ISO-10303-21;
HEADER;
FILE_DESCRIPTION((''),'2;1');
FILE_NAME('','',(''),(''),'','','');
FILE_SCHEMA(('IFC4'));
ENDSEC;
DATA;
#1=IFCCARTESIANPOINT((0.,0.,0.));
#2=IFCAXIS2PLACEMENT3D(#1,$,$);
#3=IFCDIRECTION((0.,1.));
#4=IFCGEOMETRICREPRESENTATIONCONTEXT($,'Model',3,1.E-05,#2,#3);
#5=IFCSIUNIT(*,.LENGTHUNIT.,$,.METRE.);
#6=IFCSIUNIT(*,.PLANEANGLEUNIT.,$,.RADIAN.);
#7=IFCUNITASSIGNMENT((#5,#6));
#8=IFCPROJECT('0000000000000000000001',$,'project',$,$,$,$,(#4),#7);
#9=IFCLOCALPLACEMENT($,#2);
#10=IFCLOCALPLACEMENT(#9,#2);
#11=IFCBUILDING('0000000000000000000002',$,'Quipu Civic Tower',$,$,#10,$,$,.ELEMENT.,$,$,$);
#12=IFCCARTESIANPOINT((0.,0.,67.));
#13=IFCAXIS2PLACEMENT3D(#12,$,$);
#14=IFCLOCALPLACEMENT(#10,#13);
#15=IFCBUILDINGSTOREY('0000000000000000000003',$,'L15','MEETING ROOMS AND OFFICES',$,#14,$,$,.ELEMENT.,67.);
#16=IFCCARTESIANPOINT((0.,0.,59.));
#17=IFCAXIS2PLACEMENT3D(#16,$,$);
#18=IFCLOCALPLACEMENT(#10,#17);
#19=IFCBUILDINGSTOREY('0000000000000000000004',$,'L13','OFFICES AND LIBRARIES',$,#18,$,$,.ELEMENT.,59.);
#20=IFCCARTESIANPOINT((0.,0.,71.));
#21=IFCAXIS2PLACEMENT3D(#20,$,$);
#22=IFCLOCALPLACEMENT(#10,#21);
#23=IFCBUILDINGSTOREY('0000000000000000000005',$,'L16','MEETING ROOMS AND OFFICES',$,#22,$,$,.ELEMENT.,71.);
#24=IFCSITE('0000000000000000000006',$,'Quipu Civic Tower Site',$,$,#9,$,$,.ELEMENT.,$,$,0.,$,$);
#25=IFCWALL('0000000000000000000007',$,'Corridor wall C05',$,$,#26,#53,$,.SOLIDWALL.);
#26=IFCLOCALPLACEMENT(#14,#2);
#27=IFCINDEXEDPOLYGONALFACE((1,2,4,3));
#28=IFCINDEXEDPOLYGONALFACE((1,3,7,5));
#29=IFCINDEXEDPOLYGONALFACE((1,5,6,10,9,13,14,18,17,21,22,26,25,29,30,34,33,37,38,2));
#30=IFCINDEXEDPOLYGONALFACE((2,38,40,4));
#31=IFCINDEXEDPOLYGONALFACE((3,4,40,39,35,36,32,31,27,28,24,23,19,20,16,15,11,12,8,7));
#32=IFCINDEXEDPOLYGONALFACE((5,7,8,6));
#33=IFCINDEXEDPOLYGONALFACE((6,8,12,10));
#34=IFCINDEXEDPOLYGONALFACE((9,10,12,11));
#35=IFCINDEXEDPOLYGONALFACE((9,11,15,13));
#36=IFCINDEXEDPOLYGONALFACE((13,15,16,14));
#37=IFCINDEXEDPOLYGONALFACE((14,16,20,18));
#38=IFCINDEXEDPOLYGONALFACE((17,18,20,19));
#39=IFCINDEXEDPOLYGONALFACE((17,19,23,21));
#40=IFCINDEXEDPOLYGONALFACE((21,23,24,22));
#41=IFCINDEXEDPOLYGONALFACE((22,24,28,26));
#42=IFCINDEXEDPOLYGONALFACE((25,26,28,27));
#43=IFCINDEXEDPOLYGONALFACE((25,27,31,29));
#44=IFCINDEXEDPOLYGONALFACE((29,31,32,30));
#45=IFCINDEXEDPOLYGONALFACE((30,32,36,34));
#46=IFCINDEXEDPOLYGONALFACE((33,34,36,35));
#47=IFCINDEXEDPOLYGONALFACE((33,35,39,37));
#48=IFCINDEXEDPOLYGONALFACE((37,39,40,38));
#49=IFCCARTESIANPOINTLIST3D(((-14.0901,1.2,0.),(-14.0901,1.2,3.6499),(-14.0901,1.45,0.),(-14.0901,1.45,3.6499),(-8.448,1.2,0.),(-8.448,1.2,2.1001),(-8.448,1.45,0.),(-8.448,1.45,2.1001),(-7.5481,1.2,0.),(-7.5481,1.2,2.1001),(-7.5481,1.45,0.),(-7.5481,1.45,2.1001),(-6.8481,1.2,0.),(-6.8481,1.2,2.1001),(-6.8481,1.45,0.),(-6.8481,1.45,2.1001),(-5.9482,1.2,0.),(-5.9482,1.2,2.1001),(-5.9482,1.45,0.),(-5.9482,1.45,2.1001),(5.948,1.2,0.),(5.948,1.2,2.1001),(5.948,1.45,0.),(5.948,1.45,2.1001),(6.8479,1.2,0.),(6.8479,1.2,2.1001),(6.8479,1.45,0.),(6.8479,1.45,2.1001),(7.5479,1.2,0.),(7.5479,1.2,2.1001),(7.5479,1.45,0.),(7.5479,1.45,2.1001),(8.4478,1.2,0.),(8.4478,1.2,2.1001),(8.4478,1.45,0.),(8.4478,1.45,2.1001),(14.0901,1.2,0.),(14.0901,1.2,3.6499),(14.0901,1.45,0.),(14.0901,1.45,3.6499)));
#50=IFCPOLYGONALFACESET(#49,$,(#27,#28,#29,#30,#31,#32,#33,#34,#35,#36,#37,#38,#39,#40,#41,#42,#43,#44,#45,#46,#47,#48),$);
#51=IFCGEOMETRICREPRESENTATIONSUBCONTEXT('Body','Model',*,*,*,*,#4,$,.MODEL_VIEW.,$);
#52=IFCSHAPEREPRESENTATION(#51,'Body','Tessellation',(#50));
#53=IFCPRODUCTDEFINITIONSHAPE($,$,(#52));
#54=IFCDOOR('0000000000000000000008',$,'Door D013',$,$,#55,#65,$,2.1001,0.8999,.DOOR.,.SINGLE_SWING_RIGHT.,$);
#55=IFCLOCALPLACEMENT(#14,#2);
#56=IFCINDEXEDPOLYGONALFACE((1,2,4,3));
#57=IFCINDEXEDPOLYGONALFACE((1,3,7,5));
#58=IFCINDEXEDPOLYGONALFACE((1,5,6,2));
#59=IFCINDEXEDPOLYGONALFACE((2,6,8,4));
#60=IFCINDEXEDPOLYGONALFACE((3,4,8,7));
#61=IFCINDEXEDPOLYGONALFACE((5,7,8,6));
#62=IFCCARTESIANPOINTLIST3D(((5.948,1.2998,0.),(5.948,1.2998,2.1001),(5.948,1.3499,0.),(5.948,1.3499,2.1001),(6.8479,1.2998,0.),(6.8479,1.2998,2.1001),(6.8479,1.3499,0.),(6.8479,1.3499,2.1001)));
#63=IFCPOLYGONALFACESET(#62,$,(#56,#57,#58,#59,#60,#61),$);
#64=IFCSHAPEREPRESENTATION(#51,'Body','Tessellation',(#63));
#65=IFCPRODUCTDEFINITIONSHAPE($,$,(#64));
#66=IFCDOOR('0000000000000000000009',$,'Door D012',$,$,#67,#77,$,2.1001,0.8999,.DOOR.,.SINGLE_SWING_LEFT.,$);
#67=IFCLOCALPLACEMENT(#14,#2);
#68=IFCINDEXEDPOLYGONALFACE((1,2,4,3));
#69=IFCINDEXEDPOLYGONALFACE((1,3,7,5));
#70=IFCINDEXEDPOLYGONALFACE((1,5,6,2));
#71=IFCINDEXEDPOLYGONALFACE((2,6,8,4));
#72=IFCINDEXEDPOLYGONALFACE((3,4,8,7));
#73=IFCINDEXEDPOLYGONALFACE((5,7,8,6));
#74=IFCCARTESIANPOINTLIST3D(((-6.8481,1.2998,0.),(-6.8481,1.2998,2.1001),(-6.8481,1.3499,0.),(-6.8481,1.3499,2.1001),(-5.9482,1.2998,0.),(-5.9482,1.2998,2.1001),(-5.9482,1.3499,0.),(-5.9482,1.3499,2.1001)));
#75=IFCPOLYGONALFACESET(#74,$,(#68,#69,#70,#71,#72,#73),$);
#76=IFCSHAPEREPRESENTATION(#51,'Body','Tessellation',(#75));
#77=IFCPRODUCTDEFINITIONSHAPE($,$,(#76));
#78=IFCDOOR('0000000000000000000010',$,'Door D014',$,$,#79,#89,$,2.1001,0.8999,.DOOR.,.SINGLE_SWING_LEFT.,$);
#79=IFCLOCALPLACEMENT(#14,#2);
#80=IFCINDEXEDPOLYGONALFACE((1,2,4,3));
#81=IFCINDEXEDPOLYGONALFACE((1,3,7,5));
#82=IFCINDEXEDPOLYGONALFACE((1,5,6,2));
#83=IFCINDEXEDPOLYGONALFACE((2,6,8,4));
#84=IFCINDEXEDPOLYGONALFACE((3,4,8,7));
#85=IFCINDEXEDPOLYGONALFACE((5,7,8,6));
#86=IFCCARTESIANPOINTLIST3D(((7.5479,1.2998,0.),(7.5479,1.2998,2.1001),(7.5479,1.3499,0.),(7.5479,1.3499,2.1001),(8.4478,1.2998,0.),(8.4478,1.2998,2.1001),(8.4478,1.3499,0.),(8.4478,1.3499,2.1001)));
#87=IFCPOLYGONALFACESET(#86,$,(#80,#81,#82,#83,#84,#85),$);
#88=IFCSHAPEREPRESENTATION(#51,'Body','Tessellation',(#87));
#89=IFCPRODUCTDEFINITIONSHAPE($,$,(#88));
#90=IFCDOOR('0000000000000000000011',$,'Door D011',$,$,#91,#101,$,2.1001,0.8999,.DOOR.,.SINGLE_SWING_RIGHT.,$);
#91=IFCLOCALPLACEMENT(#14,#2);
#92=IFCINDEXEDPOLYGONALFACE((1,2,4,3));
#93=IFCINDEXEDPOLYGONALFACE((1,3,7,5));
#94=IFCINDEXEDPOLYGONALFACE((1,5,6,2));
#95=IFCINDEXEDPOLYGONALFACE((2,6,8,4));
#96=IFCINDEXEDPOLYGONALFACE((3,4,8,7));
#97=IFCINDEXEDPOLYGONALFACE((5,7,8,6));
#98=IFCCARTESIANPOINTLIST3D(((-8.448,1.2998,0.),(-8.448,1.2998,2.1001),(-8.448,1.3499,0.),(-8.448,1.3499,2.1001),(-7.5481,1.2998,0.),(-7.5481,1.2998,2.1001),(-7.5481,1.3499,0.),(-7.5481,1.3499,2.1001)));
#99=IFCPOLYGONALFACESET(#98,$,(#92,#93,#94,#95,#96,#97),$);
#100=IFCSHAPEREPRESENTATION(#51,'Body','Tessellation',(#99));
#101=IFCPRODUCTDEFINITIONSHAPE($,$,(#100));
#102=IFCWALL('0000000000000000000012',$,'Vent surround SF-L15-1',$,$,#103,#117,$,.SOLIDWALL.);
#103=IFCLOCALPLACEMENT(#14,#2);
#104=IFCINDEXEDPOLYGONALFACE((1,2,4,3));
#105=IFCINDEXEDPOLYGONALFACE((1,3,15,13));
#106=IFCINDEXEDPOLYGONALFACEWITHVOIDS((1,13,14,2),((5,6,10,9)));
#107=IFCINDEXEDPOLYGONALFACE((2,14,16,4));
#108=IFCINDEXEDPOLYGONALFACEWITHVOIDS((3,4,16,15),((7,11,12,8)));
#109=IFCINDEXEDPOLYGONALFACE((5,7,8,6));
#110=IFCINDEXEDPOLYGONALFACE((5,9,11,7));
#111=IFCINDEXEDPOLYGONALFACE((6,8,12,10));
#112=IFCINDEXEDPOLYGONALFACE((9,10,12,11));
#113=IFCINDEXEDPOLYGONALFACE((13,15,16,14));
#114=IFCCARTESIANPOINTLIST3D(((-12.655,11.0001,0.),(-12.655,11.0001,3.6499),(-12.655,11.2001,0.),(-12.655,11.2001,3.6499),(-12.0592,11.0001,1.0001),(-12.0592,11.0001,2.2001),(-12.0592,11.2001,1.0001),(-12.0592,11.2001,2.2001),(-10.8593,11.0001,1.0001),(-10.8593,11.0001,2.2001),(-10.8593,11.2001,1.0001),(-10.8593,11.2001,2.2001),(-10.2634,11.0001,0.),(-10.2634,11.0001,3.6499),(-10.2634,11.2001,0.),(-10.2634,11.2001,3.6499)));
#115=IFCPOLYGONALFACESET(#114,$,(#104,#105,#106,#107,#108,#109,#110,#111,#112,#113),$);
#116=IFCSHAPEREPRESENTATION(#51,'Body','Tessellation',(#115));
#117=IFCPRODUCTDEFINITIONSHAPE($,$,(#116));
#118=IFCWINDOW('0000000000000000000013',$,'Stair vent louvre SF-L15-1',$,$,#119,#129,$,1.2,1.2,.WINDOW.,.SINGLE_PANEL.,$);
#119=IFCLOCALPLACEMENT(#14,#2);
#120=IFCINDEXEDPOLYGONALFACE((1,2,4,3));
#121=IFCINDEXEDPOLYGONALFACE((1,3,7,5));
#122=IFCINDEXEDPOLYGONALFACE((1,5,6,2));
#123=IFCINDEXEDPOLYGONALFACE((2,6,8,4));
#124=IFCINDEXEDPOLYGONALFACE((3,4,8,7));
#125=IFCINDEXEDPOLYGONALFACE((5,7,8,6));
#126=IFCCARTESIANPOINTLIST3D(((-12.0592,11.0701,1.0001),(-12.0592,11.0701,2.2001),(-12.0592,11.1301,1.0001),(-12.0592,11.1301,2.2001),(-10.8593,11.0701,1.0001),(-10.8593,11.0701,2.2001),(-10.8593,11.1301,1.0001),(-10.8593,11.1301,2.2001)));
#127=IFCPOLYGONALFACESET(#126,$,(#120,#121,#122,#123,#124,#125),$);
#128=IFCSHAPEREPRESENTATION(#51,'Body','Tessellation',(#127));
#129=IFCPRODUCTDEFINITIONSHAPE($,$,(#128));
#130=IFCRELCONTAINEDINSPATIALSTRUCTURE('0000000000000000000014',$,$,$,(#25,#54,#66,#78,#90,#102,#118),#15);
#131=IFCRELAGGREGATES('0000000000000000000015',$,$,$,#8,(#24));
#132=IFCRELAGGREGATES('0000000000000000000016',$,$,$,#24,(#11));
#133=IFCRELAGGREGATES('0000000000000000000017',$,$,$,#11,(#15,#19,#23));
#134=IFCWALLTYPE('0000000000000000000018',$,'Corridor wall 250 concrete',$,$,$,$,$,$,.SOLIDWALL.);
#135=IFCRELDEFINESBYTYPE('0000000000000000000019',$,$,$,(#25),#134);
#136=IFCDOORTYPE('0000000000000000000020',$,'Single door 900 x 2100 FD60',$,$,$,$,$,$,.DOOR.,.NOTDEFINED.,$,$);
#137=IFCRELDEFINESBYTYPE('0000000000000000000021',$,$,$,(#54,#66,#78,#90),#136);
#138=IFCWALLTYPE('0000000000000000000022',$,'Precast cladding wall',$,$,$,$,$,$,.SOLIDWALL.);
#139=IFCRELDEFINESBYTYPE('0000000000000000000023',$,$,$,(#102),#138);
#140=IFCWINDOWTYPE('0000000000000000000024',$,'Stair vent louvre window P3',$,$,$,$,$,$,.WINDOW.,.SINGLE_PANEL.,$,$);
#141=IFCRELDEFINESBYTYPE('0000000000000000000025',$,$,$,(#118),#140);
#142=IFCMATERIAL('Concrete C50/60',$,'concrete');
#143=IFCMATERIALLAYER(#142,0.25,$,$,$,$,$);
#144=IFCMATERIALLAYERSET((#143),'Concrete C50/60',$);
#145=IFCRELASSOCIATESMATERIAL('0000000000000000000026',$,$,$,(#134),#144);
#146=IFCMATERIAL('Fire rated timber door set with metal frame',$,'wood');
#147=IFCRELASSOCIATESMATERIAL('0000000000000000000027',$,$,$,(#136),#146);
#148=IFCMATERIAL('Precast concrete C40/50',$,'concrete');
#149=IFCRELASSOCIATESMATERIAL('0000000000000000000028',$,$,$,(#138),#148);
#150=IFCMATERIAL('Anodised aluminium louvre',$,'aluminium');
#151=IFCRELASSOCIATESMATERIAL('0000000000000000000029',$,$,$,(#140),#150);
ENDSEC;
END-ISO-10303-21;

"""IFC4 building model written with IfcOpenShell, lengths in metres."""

from ifc_helpers import new_model, si_unit, direction, frame, frame_2d, origin, place, context, subcontext, project, spatial, rectangle, extrude, material, layer, layer_set, type_object, element, fill, save


model = new_model("IFC4")

# Units and contexts
model_context = context("Model", 3, precision=1e-05, world=origin(), true_north=direction((0.0, 1.0)))
body_context = subcontext(model_context, "Body", "Model", "MODEL_VIEW")
ifc_project = project(units=[si_unit("LENGTHUNIT", "METRE"), si_unit("PLANEANGLEUNIT", "RADIAN")], contexts=[model_context])

# Site, building, storey
site_placement = place(None, origin())
site = spatial("IfcSite", under=ifc_project, at=site_placement, Name="Quipu Civic Tower Site", CompositionType="ELEMENT", RefElevation=0.0)
building_placement = place(site_placement, origin())
building = spatial("IfcBuilding", under=site, at=building_placement, Name="Quipu Civic Tower", CompositionType="ELEMENT")
storey_1_placement = place(building_placement, frame((0.0, 0.0, 67.0)))
storey_1 = spatial("IfcBuildingStorey", under=building, at=storey_1_placement, Name="L15", Description="MEETING ROOMS AND OFFICES", CompositionType="ELEMENT", Elevation=67.0)

# Shared definitions
storey_2_placement = place(building_placement, frame((0.0, 0.0, 59.0)))
storey_2 = spatial("IfcBuildingStorey", under=building, at=storey_2_placement, Name="L13", Description="OFFICES AND LIBRARIES", CompositionType="ELEMENT", Elevation=59.0)

# Shared definitions
storey_3_placement = place(building_placement, frame((0.0, 0.0, 71.0)))
storey_3 = spatial("IfcBuildingStorey", under=building, at=storey_3_placement, Name="L16", Description="MEETING ROOMS AND OFFICES", CompositionType="ELEMENT", Elevation=71.0)

# Wall, openings, doors
ifc_material_1 = material(Name="Concrete C50/60", Category="concrete")
ifc_layer_1 = layer(ifc_material_1, 0.25)
ifc_layer_set_1 = layer_set([ifc_layer_1], Name="Concrete C50/60")
wall_type_1 = type_object("IfcWallType", Name="Corridor wall 250 concrete", PredefinedType="SOLIDWALL", material=ifc_layer_set_1)
wall_1_placement = place(storey_1_placement, frame((-14.0901, 1.325, 0.0), z_axis=(0.0, 0.0, 1.0), x_axis=(1.0, 0.0, 0.0)))
wall_1 = element("IfcWall", 1, at=wall_1_placement, inside=storey_1, type_object=wall_type_1, Name="Corridor wall C05", PredefinedType="SOLIDWALL", context=body_context, shape_type="SweptSolid", body=[
    extrude(rectangle(XDim=28.1802, YDim=0.25, at=frame_2d((14.0901, 0.0))), origin(), (0.0, 0.0, 1.0), 3.6499),
])
opening_1_placement = place(wall_1_placement, frame((20.0381, 0.0, 0.0)))
opening_1 = element("IfcOpeningElement", 2, at=opening_1_placement, cuts=wall_1, PredefinedType="OPENING", context=body_context, shape_type="SweptSolid", body=[
    extrude(rectangle(XDim=0.8999, YDim=2.1001, at=frame_2d((0.45, 1.05))), frame((0.0, 0.135, 0.0), z_axis=(0.0, -1.0, 0.0), x_axis=(1.0, 0.0, 0.0)), (0.0, 0.0, 1.0), 0.27),
])
opening_2_placement = place(wall_1_placement, frame((7.2419, 0.0, 0.0)))
opening_2 = element("IfcOpeningElement", 3, at=opening_2_placement, cuts=wall_1, PredefinedType="OPENING", context=body_context, shape_type="SweptSolid", body=[
    extrude(rectangle(XDim=0.8999, YDim=2.1001, at=frame_2d((0.45, 1.05))), frame((0.0, 0.135, 0.0), z_axis=(0.0, -1.0, 0.0), x_axis=(1.0, 0.0, 0.0)), (0.0, 0.0, 1.0), 0.27),
])
opening_3_placement = place(wall_1_placement, frame((21.6379, 0.0, 0.0)))
opening_3 = element("IfcOpeningElement", 4, at=opening_3_placement, cuts=wall_1, PredefinedType="OPENING", context=body_context, shape_type="SweptSolid", body=[
    extrude(rectangle(XDim=0.8999, YDim=2.1001, at=frame_2d((0.45, 1.05))), frame((0.0, 0.135, 0.0), z_axis=(0.0, -1.0, 0.0), x_axis=(1.0, 0.0, 0.0)), (0.0, 0.0, 1.0), 0.27),
])
opening_4_placement = place(wall_1_placement, frame((5.6421, 0.0, 0.0)))
opening_4 = element("IfcOpeningElement", 5, at=opening_4_placement, cuts=wall_1, PredefinedType="OPENING", context=body_context, shape_type="SweptSolid", body=[
    extrude(rectangle(XDim=0.8999, YDim=2.1001, at=frame_2d((0.45, 1.05))), frame((0.0, 0.135, 0.0), z_axis=(0.0, -1.0, 0.0), x_axis=(1.0, 0.0, 0.0)), (0.0, 0.0, 1.0), 0.27),
])
ifc_material_2 = material(Name="Fire rated timber door set with metal frame", Category="wood")
door_type = type_object("IfcDoorType", Name="Single door 900 x 2100 FD60", OperationType="NOTDEFINED", PredefinedType="DOOR", material=ifc_material_2)
door_1_placement = place(opening_1_placement, origin())
door_1 = element("IfcDoor", 6, at=door_1_placement, inside=storey_1, type_object=door_type, Name="Door D013", OperationType="SINGLE_SWING_RIGHT", OverallHeight=2.1001, OverallWidth=0.8999, PredefinedType="DOOR", context=body_context, shape_type="SweptSolid", body=[
    extrude(rectangle(XDim=0.8999, YDim=2.1001, at=frame_2d((0.45, 1.05))), frame((0.0, 0.0249, 0.0), z_axis=(0.0, -1.0, 0.0), x_axis=(1.0, 0.0, 0.0)), (0.0, 0.0, 1.0), 0.05),
])
fill(opening_1, door_1)
door_2_placement = place(opening_2_placement, origin())
door_2 = element("IfcDoor", 7, at=door_2_placement, inside=storey_1, type_object=door_type, Name="Door D012", OperationType="SINGLE_SWING_LEFT", OverallHeight=2.1001, OverallWidth=0.8999, PredefinedType="DOOR", context=body_context, shape_type="SweptSolid", body=[
    extrude(rectangle(XDim=0.8999, YDim=2.1001, at=frame_2d((0.45, 1.05))), frame((0.0, 0.0249, 0.0), z_axis=(0.0, -1.0, 0.0), x_axis=(1.0, 0.0, 0.0)), (0.0, 0.0, 1.0), 0.05),
])
fill(opening_2, door_2)
door_3_placement = place(opening_3_placement, origin())
door_3 = element("IfcDoor", 8, at=door_3_placement, inside=storey_1, type_object=door_type, Name="Door D014", OperationType="SINGLE_SWING_LEFT", OverallHeight=2.1001, OverallWidth=0.8999, PredefinedType="DOOR", context=body_context, shape_type="SweptSolid", body=[
    extrude(rectangle(XDim=0.8999, YDim=2.1001, at=frame_2d((0.45, 1.05))), frame((0.0, 0.0249, 0.0), z_axis=(0.0, -1.0, 0.0), x_axis=(1.0, 0.0, 0.0)), (0.0, 0.0, 1.0), 0.05),
])
fill(opening_3, door_3)
door_4_placement = place(opening_4_placement, origin())
door_4 = element("IfcDoor", 9, at=door_4_placement, inside=storey_1, type_object=door_type, Name="Door D011", OperationType="SINGLE_SWING_RIGHT", OverallHeight=2.1001, OverallWidth=0.8999, PredefinedType="DOOR", context=body_context, shape_type="SweptSolid", body=[
    extrude(rectangle(XDim=0.8999, YDim=2.1001, at=frame_2d((0.45, 1.05))), frame((0.0, 0.0249, 0.0), z_axis=(0.0, -1.0, 0.0), x_axis=(1.0, 0.0, 0.0)), (0.0, 0.0, 1.0), 0.05),
])
fill(opening_4, door_4)

# Wall, opening, window
ifc_material_3 = material(Name="Precast concrete C40/50", Category="concrete")
wall_type_2 = type_object("IfcWallType", Name="Precast cladding wall", PredefinedType="SOLIDWALL", material=ifc_material_3)
wall_2_placement = place(storey_1_placement, frame((-10.2634, 11.1001, 0.0), z_axis=(0.0, 0.0, 1.0), x_axis=(-1.0, 0.0, 0.0)))
wall_2 = element("IfcWall", 10, at=wall_2_placement, inside=storey_1, type_object=wall_type_2, Name="Vent surround SF-L15-1", PredefinedType="SOLIDWALL", context=body_context, shape_type="SweptSolid", body=[
    extrude(rectangle(XDim=2.3916, YDim=0.2, at=frame_2d((1.1958, 0.0))), origin(), (0.0, 0.0, 1.0), 3.6499),
])
opening_5_placement = place(wall_2_placement, frame((0.5957, 0.0, 1.0)))
opening_5 = element("IfcOpeningElement", 11, at=opening_5_placement, cuts=wall_2, PredefinedType="OPENING", context=body_context, shape_type="SweptSolid", body=[
    extrude(rectangle(XDim=1.2, YDim=1.2, at=frame_2d((0.6001, 0.6001))), frame((0.0, 0.1099, 0.0), z_axis=(0.0, -1.0, 0.0), x_axis=(1.0, 0.0, 0.0)), (0.0, 0.0, 1.0), 0.22),
])
ifc_material_4 = material(Name="Anodised aluminium louvre", Category="aluminium")
window_type = type_object("IfcWindowType", Name="Stair vent louvre window P3", PartitioningType="SINGLE_PANEL", PredefinedType="WINDOW", material=ifc_material_4)
window_placement = place(opening_5_placement, origin())
window = element("IfcWindow", 12, at=window_placement, inside=storey_1, type_object=window_type, Name="Stair vent louvre SF-L15-1", OverallHeight=1.2, OverallWidth=1.2, PartitioningType="SINGLE_PANEL", PredefinedType="WINDOW", context=body_context, shape_type="SweptSolid", body=[
    extrude(rectangle(XDim=1.2, YDim=1.2, at=frame_2d((0.6001, 0.6001))), frame((0.0, 0.03, 0.0), z_axis=(0.0, -1.0, 0.0), x_axis=(1.0, 0.0, 0.0)), (0.0, 0.0, 1.0), 0.0601),
])
fill(opening_5, window)

save(model, "model.ifc")
